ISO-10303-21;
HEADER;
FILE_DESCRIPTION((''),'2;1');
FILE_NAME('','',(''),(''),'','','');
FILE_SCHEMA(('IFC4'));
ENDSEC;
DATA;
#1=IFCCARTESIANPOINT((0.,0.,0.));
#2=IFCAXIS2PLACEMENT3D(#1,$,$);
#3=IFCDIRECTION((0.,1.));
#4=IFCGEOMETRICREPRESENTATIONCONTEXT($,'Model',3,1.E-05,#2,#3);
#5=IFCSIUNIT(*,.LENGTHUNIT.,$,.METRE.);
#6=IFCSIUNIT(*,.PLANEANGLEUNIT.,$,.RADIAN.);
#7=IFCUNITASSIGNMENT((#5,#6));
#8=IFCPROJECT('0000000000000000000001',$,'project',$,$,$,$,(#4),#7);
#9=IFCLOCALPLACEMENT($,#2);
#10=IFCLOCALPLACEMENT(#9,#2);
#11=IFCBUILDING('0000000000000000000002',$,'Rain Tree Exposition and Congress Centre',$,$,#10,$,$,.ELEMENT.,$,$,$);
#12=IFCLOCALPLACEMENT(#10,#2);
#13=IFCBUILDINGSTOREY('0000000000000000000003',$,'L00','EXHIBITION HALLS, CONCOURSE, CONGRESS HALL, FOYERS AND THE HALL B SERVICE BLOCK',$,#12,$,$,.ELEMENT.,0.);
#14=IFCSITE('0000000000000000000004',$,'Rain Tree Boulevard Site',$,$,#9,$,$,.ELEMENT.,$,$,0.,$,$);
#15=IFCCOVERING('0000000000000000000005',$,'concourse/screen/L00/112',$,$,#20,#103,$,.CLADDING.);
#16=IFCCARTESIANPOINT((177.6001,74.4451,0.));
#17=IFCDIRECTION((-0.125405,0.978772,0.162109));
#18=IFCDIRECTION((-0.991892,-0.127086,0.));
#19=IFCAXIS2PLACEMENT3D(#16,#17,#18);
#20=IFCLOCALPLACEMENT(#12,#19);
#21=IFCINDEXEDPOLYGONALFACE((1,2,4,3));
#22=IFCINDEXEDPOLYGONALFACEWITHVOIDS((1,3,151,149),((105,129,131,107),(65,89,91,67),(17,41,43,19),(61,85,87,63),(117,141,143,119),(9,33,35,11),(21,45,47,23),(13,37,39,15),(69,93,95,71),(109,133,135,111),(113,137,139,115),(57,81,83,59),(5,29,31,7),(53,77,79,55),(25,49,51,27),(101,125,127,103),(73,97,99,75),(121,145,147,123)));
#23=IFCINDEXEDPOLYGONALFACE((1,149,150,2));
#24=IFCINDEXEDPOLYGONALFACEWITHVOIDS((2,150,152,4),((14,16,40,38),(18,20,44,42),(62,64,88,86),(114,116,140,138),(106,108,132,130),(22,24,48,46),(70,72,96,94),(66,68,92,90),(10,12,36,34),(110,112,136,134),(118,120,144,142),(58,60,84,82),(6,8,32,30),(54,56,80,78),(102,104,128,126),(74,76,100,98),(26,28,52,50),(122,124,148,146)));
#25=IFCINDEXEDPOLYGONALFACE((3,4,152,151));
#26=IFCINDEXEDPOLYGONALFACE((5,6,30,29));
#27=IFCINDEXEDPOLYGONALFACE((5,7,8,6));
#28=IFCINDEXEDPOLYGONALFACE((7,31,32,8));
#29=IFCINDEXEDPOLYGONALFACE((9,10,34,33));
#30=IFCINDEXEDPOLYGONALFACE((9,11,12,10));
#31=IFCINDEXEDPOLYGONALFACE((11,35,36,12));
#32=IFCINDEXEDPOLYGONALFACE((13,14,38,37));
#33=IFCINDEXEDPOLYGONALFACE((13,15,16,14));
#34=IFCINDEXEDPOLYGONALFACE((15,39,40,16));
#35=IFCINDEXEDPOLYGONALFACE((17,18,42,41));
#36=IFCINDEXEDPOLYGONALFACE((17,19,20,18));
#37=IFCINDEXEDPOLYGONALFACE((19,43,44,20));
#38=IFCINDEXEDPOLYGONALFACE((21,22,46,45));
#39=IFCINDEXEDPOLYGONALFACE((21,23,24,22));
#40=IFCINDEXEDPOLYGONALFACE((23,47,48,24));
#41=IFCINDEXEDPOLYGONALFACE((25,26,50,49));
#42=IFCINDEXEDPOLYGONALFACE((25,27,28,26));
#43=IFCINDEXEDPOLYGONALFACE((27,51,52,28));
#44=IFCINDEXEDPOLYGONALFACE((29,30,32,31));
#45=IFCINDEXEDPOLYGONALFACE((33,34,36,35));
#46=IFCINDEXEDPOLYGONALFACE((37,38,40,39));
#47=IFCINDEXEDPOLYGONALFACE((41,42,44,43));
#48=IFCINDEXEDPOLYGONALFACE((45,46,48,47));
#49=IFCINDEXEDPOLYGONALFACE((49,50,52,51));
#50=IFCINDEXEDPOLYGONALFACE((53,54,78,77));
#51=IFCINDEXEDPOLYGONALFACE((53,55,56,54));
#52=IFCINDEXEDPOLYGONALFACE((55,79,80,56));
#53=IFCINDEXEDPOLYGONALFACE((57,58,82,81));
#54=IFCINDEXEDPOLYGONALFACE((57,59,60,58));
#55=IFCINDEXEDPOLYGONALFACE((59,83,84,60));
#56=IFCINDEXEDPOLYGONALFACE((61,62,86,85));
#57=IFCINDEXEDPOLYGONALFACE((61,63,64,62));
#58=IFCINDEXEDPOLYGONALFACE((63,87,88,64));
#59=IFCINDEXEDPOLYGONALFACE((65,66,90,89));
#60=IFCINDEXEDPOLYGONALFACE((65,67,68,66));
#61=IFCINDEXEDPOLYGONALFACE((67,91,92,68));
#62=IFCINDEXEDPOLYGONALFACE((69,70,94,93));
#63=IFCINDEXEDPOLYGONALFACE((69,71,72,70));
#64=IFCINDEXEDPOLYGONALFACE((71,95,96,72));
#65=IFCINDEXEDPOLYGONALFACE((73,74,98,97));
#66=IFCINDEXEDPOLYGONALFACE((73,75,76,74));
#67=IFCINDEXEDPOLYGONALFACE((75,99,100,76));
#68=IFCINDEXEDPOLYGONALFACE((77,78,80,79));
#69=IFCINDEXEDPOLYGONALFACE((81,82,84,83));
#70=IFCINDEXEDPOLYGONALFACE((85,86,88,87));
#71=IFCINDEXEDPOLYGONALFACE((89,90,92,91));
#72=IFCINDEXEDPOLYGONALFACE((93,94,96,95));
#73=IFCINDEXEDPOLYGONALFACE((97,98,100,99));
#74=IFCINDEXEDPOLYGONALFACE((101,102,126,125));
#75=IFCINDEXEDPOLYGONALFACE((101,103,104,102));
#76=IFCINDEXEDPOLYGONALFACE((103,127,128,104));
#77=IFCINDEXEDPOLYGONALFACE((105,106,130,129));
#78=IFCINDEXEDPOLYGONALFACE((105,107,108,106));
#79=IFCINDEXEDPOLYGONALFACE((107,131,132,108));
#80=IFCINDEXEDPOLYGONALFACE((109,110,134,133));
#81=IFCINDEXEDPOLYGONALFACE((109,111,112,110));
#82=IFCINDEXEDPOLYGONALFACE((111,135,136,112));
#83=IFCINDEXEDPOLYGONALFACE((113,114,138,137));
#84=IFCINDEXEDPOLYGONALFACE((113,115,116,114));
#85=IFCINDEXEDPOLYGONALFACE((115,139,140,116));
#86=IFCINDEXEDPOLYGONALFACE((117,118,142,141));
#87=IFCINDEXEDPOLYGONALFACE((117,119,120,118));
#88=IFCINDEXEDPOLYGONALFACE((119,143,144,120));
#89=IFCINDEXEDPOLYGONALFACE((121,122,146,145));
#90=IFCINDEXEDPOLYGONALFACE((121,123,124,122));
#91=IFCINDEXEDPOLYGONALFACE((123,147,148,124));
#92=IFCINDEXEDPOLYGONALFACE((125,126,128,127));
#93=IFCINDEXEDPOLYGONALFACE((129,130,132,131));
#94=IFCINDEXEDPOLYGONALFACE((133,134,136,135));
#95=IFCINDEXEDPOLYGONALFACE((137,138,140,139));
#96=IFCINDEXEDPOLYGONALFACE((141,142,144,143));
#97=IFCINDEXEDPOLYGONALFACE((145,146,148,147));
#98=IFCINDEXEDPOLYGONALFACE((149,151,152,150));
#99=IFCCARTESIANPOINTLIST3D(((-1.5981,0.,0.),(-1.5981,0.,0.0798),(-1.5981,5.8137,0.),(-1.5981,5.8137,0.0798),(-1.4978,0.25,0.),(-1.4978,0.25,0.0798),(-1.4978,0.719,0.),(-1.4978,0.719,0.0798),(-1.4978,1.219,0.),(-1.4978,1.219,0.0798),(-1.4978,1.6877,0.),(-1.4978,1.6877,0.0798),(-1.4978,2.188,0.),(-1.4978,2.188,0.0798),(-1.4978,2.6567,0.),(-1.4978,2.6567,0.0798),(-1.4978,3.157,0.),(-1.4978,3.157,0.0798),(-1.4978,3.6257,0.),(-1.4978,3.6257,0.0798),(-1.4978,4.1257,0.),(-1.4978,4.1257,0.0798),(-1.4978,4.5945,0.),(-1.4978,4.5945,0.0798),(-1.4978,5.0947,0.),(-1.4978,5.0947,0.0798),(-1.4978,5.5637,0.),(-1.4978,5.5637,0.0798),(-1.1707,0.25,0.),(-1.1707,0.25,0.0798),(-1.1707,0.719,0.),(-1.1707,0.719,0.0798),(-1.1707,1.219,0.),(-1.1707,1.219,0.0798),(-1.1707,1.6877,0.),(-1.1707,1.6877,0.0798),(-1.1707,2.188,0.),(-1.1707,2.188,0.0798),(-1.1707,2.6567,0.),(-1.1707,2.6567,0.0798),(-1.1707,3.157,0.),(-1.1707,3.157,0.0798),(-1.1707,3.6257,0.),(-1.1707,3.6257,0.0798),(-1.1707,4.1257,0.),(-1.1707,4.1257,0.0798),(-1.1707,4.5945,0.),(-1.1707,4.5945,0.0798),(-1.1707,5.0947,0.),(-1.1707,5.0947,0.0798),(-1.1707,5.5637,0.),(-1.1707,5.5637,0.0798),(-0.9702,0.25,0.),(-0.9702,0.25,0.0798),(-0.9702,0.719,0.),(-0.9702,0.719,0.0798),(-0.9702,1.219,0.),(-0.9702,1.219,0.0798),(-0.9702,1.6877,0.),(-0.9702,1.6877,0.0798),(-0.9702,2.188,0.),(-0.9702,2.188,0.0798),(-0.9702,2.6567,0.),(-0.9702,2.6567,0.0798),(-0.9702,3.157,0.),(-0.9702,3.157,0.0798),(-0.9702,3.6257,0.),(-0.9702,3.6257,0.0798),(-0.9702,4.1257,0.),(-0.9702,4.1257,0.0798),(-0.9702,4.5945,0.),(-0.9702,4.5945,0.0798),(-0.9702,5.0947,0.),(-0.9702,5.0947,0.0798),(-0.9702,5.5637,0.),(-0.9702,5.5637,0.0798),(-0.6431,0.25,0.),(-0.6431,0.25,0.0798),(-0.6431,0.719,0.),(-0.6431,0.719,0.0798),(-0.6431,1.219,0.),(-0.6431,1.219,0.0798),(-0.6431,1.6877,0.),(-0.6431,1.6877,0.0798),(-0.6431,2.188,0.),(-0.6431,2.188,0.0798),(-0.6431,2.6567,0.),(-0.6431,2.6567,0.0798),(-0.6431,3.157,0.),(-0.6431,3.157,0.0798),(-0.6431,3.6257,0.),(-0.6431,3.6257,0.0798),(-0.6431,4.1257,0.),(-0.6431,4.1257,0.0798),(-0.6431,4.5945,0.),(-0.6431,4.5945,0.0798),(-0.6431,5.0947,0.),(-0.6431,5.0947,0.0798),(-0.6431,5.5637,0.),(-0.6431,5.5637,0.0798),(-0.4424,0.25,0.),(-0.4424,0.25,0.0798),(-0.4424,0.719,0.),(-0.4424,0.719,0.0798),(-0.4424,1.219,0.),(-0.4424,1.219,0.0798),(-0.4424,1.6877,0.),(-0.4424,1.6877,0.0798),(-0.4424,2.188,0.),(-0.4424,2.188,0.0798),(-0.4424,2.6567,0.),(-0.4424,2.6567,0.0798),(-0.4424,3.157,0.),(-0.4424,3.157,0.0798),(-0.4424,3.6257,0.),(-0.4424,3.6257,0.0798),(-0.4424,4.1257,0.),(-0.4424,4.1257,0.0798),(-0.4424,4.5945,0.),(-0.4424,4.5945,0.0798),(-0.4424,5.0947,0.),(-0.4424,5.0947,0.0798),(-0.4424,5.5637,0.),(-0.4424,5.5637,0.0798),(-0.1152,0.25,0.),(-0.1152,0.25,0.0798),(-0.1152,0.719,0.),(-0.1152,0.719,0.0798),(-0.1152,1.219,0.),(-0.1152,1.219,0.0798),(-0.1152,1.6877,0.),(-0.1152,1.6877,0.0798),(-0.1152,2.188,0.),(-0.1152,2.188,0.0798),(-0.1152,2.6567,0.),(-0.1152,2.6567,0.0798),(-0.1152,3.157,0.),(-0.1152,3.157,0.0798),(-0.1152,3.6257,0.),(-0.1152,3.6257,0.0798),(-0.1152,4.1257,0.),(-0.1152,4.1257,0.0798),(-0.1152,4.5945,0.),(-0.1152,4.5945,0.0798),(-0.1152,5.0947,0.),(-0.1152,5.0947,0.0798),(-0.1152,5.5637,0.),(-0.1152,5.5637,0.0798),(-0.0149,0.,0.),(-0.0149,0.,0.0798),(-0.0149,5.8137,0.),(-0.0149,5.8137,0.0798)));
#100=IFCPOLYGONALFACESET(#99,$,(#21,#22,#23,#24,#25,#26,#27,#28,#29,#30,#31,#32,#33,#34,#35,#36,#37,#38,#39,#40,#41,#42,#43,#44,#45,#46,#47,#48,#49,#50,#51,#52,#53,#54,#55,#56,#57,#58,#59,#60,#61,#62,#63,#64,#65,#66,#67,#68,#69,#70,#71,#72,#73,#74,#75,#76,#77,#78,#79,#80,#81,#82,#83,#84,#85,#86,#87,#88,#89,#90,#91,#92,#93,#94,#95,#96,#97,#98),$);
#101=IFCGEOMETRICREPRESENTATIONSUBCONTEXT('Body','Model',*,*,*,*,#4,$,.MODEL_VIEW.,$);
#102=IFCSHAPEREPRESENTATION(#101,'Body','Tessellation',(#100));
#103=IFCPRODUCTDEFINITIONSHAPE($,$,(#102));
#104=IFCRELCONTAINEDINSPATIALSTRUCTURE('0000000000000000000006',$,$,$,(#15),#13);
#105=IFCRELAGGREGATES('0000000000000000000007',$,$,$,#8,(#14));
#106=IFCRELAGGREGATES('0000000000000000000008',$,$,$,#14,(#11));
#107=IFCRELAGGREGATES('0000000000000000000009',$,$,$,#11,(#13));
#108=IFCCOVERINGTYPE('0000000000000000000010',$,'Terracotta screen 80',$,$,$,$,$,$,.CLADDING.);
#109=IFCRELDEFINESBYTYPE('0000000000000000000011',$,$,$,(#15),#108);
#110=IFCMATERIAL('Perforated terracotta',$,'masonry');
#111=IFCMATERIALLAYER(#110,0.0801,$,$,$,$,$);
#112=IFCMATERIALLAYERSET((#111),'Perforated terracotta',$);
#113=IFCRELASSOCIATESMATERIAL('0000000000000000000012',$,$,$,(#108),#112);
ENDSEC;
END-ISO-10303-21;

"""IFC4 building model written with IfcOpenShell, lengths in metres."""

from ifc_helpers import new_model, si_unit, direction, frame, origin, place, context, subcontext, project, spatial, polyline, outline, extrude, material, layer, layer_set, type_object, element, save


model = new_model("IFC4")

# Units and contexts
model_context = context("Model", 3, precision=1e-05, world=origin(), true_north=direction((0.0, 1.0)))
body_context = subcontext(model_context, "Body", "Model", "MODEL_VIEW")
ifc_project = project(units=[si_unit("LENGTHUNIT", "METRE"), si_unit("PLANEANGLEUNIT", "RADIAN")], contexts=[model_context])

# Site, building, storey
site_placement = place(None, origin())
site = spatial("IfcSite", under=ifc_project, at=site_placement, Name="Rain Tree Boulevard Site", CompositionType="ELEMENT", RefElevation=0.0)
building_placement = place(site_placement, origin())
building = spatial("IfcBuilding", under=site, at=building_placement, Name="Rain Tree Exposition and Congress Centre", CompositionType="ELEMENT")
storey_placement = place(building_placement, origin())
storey = spatial("IfcBuildingStorey", under=building, at=storey_placement, Name="L00", Description="EXHIBITION HALLS, CONCOURSE, CONGRESS HALL, FOYERS AND THE HALL B SERVICE BLOCK", CompositionType="ELEMENT", Elevation=0.0)

# Covering
ifc_material_1 = material(Name="Perforated terracotta", Category="masonry")
ifc_layer_1 = layer(ifc_material_1, 0.0801)
ifc_layer_set_1 = layer_set([ifc_layer_1], Name="Perforated terracotta")
covering_type = type_object("IfcCoveringType", Name="Terracotta screen 80", PredefinedType="CLADDING", material=ifc_layer_set_1)
covering_1_placement = place(storey_placement, frame((177.6001, 74.4451, 0.0), z_axis=(-0.125405, 0.978772, 0.162109), x_axis=(-0.991892, -0.127086, 0.0)))
element("IfcCovering", 1, at=covering_1_placement, inside=storey, type_object=covering_type, Name="concourse/screen/L00/112", PredefinedType="CLADDING", context=body_context, shape_type="SweptSolid", body=[
    extrude(outline(polyline([(-0.0149, 0.0), (-1.5981, 0.0), (-1.5981, 5.8137), (-0.0149, 5.8137), (-0.0149, 0.0)]), holes=[polyline([(-0.1152, 0.25), (-0.1152, 0.719), (-0.4424, 0.719), (-0.4424, 0.25), (-0.1152, 0.25)]), polyline([(-0.1152, 1.219), (-0.1152, 1.6877), (-0.4424, 1.6877), (-0.4424, 1.219), (-0.1152, 1.219)]), polyline([(-0.1152, 2.188), (-0.1152, 2.6567), (-0.4424, 2.6567), (-0.4424, 2.188), (-0.1152, 2.188)]), polyline([(-0.1152, 3.157), (-0.1152, 3.6257), (-0.4424, 3.6257), (-0.4424, 3.157), (-0.1152, 3.157)]), polyline([(-0.1152, 4.1257), (-0.1152, 4.5945), (-0.4424, 4.5945), (-0.4424, 4.1257), (-0.1152, 4.1257)]), polyline([(-0.1152, 5.0947), (-0.1152, 5.5637), (-0.4424, 5.5637), (-0.4424, 5.0947), (-0.1152, 5.0947)]), polyline([(-0.6431, 0.25), (-0.6431, 0.719), (-0.9702, 0.719), (-0.9702, 0.25), (-0.6431, 0.25)]), polyline([(-0.6431, 1.219), (-0.6431, 1.6877), (-0.9702, 1.6877), (-0.9702, 1.219), (-0.6431, 1.219)]), polyline([(-0.6431, 2.188), (-0.6431, 2.6567), (-0.9702, 2.6567), (-0.9702, 2.188), (-0.6431, 2.188)]), polyline([(-0.6431, 3.157), (-0.6431, 3.6257), (-0.9702, 3.6257), (-0.9702, 3.157), (-0.6431, 3.157)]), polyline([(-0.6431, 4.1257), (-0.6431, 4.5945), (-0.9702, 4.5945), (-0.9702, 4.1257), (-0.6431, 4.1257)]), polyline([(-0.6431, 5.0947), (-0.6431, 5.5637), (-0.9702, 5.5637), (-0.9702, 5.0947), (-0.6431, 5.0947)]), polyline([(-1.1707, 0.25), (-1.1707, 0.719), (-1.4978, 0.719), (-1.4978, 0.25), (-1.1707, 0.25)]), polyline([(-1.1707, 1.219), (-1.1707, 1.6877), (-1.4978, 1.6877), (-1.4978, 1.219), (-1.1707, 1.219)]), polyline([(-1.1707, 2.188), (-1.1707, 2.6567), (-1.4978, 2.6567), (-1.4978, 2.188), (-1.1707, 2.188)]), polyline([(-1.1707, 3.157), (-1.1707, 3.6257), (-1.4978, 3.6257), (-1.4978, 3.157), (-1.1707, 3.157)]), polyline([(-1.1707, 4.1257), (-1.1707, 4.5945), (-1.4978, 4.5945), (-1.4978, 4.1257), (-1.1707, 4.1257)]), polyline([(-1.1707, 5.0947), (-1.1707, 5.5637), (-1.4978, 5.5637), (-1.4978, 5.0947), (-1.1707, 5.0947)])]), origin(), (0.0, 0.0, 1.0), 0.0798),
])

save(model, "model.ifc")
